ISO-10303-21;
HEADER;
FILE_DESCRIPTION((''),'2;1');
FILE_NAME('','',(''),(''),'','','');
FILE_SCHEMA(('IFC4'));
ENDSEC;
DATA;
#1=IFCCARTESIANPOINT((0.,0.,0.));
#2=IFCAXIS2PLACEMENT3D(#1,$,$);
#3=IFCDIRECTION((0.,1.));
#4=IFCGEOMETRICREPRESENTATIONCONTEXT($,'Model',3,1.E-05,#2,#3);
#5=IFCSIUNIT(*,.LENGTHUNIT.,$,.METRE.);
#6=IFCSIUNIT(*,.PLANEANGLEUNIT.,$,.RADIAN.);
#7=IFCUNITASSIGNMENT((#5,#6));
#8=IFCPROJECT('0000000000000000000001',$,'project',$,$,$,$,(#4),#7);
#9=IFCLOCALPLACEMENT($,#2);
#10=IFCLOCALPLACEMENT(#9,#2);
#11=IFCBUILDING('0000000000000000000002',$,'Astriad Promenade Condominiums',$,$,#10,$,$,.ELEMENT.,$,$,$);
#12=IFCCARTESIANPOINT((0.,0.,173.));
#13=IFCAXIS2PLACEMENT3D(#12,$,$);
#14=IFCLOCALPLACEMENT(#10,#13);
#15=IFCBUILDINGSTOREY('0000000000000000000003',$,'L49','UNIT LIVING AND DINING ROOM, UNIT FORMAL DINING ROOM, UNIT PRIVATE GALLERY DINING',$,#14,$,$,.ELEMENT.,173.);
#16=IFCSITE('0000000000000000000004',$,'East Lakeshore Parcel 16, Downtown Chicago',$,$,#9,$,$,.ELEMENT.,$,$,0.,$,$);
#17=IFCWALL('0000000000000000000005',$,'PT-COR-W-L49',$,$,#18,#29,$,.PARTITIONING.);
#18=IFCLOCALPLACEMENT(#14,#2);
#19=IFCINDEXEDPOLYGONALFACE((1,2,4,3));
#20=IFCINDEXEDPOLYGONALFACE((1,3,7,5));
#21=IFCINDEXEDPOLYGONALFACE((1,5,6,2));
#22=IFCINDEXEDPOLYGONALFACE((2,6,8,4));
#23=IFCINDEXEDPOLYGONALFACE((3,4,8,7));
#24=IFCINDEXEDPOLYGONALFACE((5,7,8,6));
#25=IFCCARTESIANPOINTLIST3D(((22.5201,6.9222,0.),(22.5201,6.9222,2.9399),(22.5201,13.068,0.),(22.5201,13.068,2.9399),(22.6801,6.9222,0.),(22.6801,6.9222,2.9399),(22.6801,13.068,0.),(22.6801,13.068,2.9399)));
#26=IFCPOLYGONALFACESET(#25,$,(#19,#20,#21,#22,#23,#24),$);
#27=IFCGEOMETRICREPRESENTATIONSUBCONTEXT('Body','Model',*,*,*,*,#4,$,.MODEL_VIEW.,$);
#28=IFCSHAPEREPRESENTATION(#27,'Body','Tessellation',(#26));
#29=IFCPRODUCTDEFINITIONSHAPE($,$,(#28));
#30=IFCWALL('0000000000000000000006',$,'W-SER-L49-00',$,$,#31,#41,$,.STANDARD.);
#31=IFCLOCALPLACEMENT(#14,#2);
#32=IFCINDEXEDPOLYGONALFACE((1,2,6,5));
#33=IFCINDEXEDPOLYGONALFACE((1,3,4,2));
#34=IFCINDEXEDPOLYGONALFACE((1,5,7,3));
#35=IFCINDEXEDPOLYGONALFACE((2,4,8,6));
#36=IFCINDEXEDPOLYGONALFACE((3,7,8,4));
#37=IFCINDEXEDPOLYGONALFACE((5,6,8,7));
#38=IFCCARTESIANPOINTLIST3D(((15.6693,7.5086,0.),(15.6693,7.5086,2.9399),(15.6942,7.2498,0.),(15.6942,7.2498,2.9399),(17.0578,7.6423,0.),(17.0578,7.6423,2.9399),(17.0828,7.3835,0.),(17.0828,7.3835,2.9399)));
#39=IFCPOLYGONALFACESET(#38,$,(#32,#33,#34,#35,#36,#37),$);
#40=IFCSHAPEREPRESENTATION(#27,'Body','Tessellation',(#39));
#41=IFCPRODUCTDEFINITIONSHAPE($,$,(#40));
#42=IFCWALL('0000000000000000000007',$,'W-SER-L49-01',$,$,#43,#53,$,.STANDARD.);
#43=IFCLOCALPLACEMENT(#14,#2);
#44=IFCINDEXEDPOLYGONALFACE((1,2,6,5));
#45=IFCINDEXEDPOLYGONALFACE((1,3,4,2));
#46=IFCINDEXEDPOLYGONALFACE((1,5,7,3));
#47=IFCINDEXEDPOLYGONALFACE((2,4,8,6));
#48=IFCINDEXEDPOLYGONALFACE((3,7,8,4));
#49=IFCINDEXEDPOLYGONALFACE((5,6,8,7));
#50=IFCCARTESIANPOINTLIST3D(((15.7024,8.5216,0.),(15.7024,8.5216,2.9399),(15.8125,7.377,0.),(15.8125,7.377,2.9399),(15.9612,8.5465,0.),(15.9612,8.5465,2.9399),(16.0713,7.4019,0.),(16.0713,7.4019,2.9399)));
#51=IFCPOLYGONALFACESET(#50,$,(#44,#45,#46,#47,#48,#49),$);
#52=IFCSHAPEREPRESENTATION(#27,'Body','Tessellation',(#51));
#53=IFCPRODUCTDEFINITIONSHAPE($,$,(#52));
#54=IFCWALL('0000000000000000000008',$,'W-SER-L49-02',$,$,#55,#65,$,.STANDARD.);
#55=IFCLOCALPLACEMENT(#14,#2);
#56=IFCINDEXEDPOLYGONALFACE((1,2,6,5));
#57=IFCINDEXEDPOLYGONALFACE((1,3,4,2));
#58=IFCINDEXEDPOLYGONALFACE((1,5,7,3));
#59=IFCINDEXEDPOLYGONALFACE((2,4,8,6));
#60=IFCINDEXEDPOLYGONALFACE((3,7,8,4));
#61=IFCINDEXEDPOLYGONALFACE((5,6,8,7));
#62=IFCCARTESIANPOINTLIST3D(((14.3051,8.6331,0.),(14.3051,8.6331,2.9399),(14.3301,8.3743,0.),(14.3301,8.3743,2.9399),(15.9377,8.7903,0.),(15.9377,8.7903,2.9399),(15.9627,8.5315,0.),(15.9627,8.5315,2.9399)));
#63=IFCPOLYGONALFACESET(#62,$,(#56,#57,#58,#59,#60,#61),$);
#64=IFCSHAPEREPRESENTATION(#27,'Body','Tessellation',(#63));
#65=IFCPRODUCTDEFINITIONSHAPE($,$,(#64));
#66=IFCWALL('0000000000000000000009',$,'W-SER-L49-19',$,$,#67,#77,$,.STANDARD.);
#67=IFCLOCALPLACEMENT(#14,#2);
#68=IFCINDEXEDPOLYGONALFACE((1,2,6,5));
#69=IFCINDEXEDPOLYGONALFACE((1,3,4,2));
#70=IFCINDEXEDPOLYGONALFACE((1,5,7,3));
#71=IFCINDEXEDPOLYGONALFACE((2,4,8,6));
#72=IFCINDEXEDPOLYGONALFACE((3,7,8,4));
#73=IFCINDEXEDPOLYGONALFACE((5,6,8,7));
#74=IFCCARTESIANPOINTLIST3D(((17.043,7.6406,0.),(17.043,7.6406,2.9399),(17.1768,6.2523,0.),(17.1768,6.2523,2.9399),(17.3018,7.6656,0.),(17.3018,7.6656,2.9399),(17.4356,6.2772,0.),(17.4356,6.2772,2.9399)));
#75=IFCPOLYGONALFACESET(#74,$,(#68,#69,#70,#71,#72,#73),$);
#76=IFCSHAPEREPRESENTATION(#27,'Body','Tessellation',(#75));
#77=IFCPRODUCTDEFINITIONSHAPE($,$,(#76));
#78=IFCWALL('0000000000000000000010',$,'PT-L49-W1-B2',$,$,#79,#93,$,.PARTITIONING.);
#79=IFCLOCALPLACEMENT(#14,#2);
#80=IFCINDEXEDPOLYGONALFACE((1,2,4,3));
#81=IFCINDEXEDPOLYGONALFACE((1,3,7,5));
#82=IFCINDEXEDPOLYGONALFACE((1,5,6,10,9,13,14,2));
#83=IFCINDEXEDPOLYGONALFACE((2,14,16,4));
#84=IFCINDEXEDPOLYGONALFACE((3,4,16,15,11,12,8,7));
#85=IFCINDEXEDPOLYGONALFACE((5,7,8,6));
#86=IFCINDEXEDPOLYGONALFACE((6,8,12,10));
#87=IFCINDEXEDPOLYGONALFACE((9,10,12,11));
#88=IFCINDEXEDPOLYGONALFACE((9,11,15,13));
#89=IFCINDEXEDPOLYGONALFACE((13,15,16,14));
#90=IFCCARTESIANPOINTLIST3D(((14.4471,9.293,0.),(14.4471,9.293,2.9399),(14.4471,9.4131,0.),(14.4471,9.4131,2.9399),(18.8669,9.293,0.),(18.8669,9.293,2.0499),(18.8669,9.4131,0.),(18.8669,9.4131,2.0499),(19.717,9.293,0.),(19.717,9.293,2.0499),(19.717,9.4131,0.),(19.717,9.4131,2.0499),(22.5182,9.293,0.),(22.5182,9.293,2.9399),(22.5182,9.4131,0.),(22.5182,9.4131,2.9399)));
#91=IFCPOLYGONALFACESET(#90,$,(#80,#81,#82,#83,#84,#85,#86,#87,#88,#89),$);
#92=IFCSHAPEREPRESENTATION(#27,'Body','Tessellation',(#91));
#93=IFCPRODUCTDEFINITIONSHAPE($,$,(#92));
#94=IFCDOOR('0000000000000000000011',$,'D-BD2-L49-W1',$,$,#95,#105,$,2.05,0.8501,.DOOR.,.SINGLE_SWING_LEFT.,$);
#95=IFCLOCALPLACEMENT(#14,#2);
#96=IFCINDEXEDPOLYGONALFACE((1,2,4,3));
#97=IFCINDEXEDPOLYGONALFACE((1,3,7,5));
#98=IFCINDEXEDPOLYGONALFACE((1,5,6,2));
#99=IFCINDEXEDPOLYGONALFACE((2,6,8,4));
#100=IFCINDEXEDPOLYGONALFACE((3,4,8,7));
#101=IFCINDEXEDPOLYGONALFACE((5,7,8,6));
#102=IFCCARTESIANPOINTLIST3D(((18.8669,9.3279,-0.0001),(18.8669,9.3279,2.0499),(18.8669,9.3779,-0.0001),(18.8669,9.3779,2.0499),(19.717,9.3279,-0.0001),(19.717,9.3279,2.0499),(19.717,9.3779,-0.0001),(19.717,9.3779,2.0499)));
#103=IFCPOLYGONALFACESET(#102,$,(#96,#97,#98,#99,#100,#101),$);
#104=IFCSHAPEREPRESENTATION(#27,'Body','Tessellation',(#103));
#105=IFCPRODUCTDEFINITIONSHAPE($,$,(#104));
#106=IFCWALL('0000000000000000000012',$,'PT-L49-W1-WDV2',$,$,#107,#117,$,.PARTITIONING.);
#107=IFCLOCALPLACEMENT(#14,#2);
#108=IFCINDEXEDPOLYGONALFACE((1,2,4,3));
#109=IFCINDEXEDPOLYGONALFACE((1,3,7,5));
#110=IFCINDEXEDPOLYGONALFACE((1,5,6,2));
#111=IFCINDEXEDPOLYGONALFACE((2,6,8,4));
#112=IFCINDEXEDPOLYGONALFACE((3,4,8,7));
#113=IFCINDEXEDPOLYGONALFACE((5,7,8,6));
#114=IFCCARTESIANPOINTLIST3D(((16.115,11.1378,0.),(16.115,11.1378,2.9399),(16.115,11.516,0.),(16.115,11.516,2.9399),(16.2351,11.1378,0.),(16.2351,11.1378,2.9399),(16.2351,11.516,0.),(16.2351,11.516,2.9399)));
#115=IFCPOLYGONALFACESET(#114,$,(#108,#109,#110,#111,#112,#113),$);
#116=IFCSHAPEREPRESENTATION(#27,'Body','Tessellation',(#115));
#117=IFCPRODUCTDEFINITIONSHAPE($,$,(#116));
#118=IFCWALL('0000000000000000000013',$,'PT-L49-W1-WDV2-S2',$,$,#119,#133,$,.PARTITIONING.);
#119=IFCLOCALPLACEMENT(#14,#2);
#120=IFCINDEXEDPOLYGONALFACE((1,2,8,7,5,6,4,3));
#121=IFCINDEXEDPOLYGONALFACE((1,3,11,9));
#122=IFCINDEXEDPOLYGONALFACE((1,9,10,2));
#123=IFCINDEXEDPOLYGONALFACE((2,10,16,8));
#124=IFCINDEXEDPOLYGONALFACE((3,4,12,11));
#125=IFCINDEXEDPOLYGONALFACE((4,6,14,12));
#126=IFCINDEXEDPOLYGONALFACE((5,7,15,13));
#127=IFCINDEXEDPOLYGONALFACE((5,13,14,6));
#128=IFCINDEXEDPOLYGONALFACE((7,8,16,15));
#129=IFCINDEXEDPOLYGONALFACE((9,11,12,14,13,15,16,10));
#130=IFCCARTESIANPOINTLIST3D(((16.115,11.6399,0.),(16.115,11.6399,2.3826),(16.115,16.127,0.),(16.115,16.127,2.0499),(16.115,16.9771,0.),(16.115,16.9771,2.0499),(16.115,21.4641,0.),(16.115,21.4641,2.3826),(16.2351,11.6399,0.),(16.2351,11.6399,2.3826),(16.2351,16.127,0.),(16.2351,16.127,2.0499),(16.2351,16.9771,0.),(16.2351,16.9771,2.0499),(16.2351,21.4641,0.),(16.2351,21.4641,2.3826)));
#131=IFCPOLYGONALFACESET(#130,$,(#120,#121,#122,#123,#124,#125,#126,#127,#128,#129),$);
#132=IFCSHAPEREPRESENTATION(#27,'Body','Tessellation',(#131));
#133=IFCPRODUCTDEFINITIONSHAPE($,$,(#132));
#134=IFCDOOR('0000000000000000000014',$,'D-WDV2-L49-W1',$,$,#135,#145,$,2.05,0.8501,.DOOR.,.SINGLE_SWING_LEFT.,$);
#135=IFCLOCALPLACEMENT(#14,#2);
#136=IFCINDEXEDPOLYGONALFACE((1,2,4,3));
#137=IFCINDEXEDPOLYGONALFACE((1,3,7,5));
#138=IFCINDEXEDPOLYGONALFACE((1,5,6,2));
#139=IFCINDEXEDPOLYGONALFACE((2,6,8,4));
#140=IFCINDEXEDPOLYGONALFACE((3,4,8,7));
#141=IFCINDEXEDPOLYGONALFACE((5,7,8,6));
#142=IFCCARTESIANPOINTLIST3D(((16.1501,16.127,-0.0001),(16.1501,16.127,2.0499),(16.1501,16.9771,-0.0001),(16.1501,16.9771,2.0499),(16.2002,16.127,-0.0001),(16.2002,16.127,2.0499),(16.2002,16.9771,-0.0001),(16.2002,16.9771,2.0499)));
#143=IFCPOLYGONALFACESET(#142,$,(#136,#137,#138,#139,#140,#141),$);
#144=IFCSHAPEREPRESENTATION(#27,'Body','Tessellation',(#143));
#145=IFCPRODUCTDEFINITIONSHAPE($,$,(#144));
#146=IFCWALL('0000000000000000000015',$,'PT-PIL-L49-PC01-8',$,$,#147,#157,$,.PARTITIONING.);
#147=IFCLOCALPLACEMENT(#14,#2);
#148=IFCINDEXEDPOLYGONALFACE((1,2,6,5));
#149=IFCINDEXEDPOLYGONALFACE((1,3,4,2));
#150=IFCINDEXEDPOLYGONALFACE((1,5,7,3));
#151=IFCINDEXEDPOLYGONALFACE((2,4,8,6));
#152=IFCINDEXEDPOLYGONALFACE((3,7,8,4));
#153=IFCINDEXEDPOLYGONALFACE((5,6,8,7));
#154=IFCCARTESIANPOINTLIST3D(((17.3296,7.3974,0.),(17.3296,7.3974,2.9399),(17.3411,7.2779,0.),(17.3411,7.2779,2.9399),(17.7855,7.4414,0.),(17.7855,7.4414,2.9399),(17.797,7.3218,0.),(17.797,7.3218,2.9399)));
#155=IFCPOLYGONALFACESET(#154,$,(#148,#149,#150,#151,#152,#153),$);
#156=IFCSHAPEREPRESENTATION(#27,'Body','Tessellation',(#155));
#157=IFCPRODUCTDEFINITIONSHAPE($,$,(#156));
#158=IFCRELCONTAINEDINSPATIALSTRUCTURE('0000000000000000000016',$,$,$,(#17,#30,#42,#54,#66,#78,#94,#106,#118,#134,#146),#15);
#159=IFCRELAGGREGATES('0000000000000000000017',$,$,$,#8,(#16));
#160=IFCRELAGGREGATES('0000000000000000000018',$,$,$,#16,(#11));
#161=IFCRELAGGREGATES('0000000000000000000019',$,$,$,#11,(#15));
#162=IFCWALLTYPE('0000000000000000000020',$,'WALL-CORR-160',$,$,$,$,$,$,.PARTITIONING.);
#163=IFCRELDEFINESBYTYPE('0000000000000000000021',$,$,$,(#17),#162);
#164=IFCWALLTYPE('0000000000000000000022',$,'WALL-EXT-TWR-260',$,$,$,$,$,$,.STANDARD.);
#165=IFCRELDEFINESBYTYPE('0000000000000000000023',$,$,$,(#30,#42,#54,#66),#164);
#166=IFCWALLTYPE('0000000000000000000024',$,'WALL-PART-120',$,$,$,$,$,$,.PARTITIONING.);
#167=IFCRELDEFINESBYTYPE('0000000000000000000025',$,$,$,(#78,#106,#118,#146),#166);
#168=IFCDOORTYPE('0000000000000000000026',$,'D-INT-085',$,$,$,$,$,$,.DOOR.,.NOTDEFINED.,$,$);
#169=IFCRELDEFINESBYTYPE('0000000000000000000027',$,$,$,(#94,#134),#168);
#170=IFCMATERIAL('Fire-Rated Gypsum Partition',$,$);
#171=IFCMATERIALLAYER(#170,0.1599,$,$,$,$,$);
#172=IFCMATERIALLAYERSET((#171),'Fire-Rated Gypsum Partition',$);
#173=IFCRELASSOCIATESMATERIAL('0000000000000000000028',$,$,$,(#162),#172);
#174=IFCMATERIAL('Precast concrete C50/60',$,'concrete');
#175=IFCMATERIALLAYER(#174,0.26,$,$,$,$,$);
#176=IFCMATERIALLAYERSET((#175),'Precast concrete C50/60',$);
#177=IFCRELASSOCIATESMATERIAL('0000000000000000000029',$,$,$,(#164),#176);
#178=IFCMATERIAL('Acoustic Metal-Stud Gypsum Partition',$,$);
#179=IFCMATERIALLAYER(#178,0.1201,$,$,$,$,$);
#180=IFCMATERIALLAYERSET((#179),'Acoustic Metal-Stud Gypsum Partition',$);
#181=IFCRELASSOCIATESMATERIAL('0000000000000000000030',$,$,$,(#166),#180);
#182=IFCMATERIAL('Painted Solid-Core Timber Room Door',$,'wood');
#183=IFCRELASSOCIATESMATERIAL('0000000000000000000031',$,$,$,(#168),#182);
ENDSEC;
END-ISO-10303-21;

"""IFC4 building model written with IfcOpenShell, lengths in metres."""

from ifc_helpers import new_model, si_unit, direction, frame, frame_2d, origin, place, context, subcontext, project, spatial, rectangle, extrude, source, transform, mapped, material, layer, layer_set, type_object, type_shapes, element, fill, save


model = new_model("IFC4")

# Units and contexts
model_context = context("Model", 3, precision=1e-05, world=origin(), true_north=direction((0.0, 1.0)))
body_context = subcontext(model_context, "Body", "Model", "MODEL_VIEW")
ifc_project = project(units=[si_unit("LENGTHUNIT", "METRE"), si_unit("PLANEANGLEUNIT", "RADIAN")], contexts=[model_context])

# Site, building, storey
site_placement = place(None, origin())
site = spatial("IfcSite", under=ifc_project, at=site_placement, Name="East Lakeshore Parcel 16, Downtown Chicago", CompositionType="ELEMENT", RefElevation=0.0)
building_placement = place(site_placement, origin())
building = spatial("IfcBuilding", under=site, at=building_placement, Name="Astriad Promenade Condominiums", CompositionType="ELEMENT")
storey_placement = place(building_placement, frame((0.0, 0.0, 173.0)))
storey = spatial("IfcBuildingStorey", under=building, at=storey_placement, Name="L49", Description="UNIT LIVING AND DINING ROOM, UNIT FORMAL DINING ROOM, UNIT PRIVATE GALLERY DINING", CompositionType="ELEMENT", Elevation=173.0)

# Shared definitions
ifc_material_1 = material(Name="Fire-Rated Gypsum Partition")
ifc_layer_1 = layer(ifc_material_1, 0.1599)
ifc_layer_set_1 = layer_set([ifc_layer_1], Name="Fire-Rated Gypsum Partition")
wall_type_1 = type_object("IfcWallType", Name="WALL-CORR-160", PredefinedType="PARTITIONING", material=ifc_layer_set_1)

# Walls
wall_1_placement = place(storey_placement, frame((22.6001, 6.9224, 0.0), z_axis=(0.0, 0.0, 1.0), x_axis=(0.0, 1.0, 0.0)))
element("IfcWall", 1, at=wall_1_placement, inside=storey, type_object=wall_type_1, Name="PT-COR-W-L49", PredefinedType="PARTITIONING", context=body_context, shape_type="SweptSolid", body=[
    extrude(rectangle(XDim=6.1458, YDim=0.1599, at=frame_2d((3.0728, 0.0))), origin(), (0.0, 0.0, 1.0), 2.9399),
])
ifc_material_2 = material(Name="Precast concrete C50/60", Category="concrete")
ifc_layer_2 = layer(ifc_material_2, 0.26)
ifc_layer_set_2 = layer_set([ifc_layer_2], Name="Precast concrete C50/60")
wall_type_2 = type_object("IfcWallType", Name="WALL-EXT-TWR-260", PredefinedType="STANDARD", material=ifc_layer_set_2)
wall_2_placement = place(storey_placement, frame((17.0703, 7.5129, 0.0), z_axis=(0.0, 0.0, 1.0), x_axis=(-0.995391, -0.095899, 0.0)))
element("IfcWall", 2, at=wall_2_placement, inside=storey, type_object=wall_type_2, Name="W-SER-L49-00", PredefinedType="STANDARD", context=body_context, shape_type="SweptSolid", body=[
    extrude(rectangle(XDim=1.395, YDim=0.26, at=frame_2d((0.6975, 0.0))), origin(), (0.0, 0.0, 1.0), 2.9399),
])
wall_3_placement = place(storey_placement, frame((15.9419, 7.3894, 0.0), z_axis=(0.0, 0.0, 1.0), x_axis=(-0.095761, 0.995404, 0.0)))
element("IfcWall", 3, at=wall_3_placement, inside=storey, type_object=wall_type_2, Name="W-SER-L49-01", PredefinedType="STANDARD", context=body_context, shape_type="SweptSolid", body=[
    extrude(rectangle(XDim=1.1499, YDim=0.26, at=frame_2d((0.575, 0.0))), origin(), (0.0, 0.0, 1.0), 2.9399),
])
wall_4_placement = place(storey_placement, frame((15.9502, 8.6609, 0.0), z_axis=(0.0, 0.0, 1.0), x_axis=(-0.995395, -0.095863, 0.0)))
element("IfcWall", 4, at=wall_4_placement, inside=storey, type_object=wall_type_2, Name="W-SER-L49-02", PredefinedType="STANDARD", context=body_context, shape_type="SweptSolid", body=[
    extrude(rectangle(XDim=1.6401, YDim=0.26, at=frame_2d((0.8201, 0.0))), origin(), (0.0, 0.0, 1.0), 2.9399),
])
wall_5_placement = place(storey_placement, frame((17.3062, 6.2649, 0.0), z_axis=(0.0, 0.0, 1.0), x_axis=(-0.095916, 0.995389, 0.0)))
element("IfcWall", 5, at=wall_5_placement, inside=storey, type_object=wall_type_2, Name="W-SER-L49-19", PredefinedType="STANDARD", context=body_context, shape_type="SweptSolid", body=[
    extrude(rectangle(XDim=1.3948, YDim=0.26, at=frame_2d((0.6973, 0.0))), origin(), (0.0, 0.0, 1.0), 2.9399),
])

# Wall, opening, door
ifc_material_3 = material(Name="Acoustic Metal-Stud Gypsum Partition")
ifc_layer_3 = layer(ifc_material_3, 0.1201)
ifc_layer_set_3 = layer_set([ifc_layer_3], Name="Acoustic Metal-Stud Gypsum Partition")
wall_type_3 = type_object("IfcWallType", Name="WALL-PART-120", PredefinedType="PARTITIONING", material=ifc_layer_set_3)
wall_6_placement = place(storey_placement, frame((14.447, 9.353, 0.0), z_axis=(0.0, 0.0, 1.0), x_axis=(1.0, 0.0, 0.0)))
wall_6 = element("IfcWall", 6, at=wall_6_placement, inside=storey, type_object=wall_type_3, Name="PT-L49-W1-B2", PredefinedType="PARTITIONING", context=body_context, shape_type="SweptSolid", body=[
    extrude(rectangle(XDim=8.071, YDim=0.1201, at=frame_2d((4.0356, 0.0))), origin(), (0.0, 0.0, 1.0), 2.9399),
])
opening_1_placement = place(wall_6_placement, frame((4.4199, 0.0, 0.0)))
opening_1 = element("IfcOpeningElement", 7, at=opening_1_placement, cuts=wall_6, PredefinedType="OPENING", context=body_context, shape_type="SweptSolid", body=[
    extrude(rectangle(XDim=0.8501, YDim=2.05, at=frame_2d((0.425, 1.0249))), frame((0.0, 0.0701, 0.0), z_axis=(0.0, -1.0, 0.0), x_axis=(1.0, 0.0, 0.0)), (0.0, 0.0, 1.0), 0.1401),
])
ifc_material_4 = material(Name="Painted Solid-Core Timber Room Door", Category="wood")
door_type_1 = type_object("IfcDoorType", Name="D-INT-085", OperationType="NOTDEFINED", PredefinedType="DOOR", material=ifc_material_4)
shared_shape_1 = source(origin(), body_context, "Body", "SweptSolid", [
    extrude(rectangle(XDim=0.8501, YDim=2.05, at=frame_2d((0.425, 1.0249))), frame((0.0, 0.0249, 0.0), z_axis=(0.0, -1.0, 0.0), x_axis=(1.0, 0.0, 0.0)), (0.0, 0.0, 1.0), 0.05),
])
type_shapes(door_type_1, [shared_shape_1])
door_1_placement = place(opening_1_placement, origin())
door_1 = element("IfcDoor", 8, at=door_1_placement, inside=storey, type_object=door_type_1, Name="D-BD2-L49-W1", OperationType="SINGLE_SWING_LEFT", OverallHeight=2.05, OverallWidth=0.8501, PredefinedType="DOOR", context=body_context, shape_type="MappedRepresentation", body=[
    mapped(shared_shape_1, transform((0.0, 0.0, 0.0), scale=1.0)),
])
fill(opening_1, door_1)

# Wall
wall_7_placement = place(storey_placement, frame((16.175, 11.1379, 0.0), z_axis=(0.0, 0.0, 1.0), x_axis=(0.0, 1.0, 0.0)))
element("IfcWall", 9, at=wall_7_placement, inside=storey, type_object=wall_type_3, Name="PT-L49-W1-WDV2", PredefinedType="PARTITIONING", context=body_context, shape_type="SweptSolid", body=[
    extrude(rectangle(XDim=0.3782, YDim=0.1201, at=frame_2d((0.189, 0.0))), origin(), (0.0, 0.0, 1.0), 2.9399),
])

# Wall, opening, door
wall_8_placement = place(storey_placement, frame((16.175, 11.6399, 0.0), z_axis=(0.0, 0.0, 1.0), x_axis=(0.0, 1.0, 0.0)))
wall_8 = element("IfcWall", 10, at=wall_8_placement, inside=storey, type_object=wall_type_3, Name="PT-L49-W1-WDV2-S2", PredefinedType="PARTITIONING", context=body_context, shape_type="SweptSolid", body=[
    extrude(rectangle(XDim=9.8242, YDim=0.1201, at=frame_2d((4.9121, 0.0))), origin(), (0.0, 0.0, 1.0), 2.3826),
])
opening_2_placement = place(wall_8_placement, frame((4.4871, 0.0, 0.0)))
opening_2 = element("IfcOpeningElement", 11, at=opening_2_placement, cuts=wall_8, PredefinedType="OPENING", context=body_context, shape_type="SweptSolid", body=[
    extrude(rectangle(XDim=0.8501, YDim=2.05, at=frame_2d((0.425, 1.0249))), frame((0.0, 0.0701, 0.0), z_axis=(0.0, -1.0, 0.0), x_axis=(1.0, 0.0, 0.0)), (0.0, 0.0, 1.0), 0.1401),
])
door_2_placement = place(opening_2_placement, origin())
door_2 = element("IfcDoor", 12, at=door_2_placement, inside=storey, type_object=door_type_1, Name="D-WDV2-L49-W1", OperationType="SINGLE_SWING_LEFT", OverallHeight=2.05, OverallWidth=0.8501, PredefinedType="DOOR", context=body_context, shape_type="MappedRepresentation", body=[
    mapped(shared_shape_1, transform((0.0, 0.0, 0.0), scale=1.0)),
])
fill(opening_2, door_2)

# Wall
wall_9_placement = place(storey_placement, frame((17.7913, 7.3816, 0.0), z_axis=(0.0, 0.0, 1.0), x_axis=(-0.995385, -0.095966, 0.0)))
element("IfcWall", 13, at=wall_9_placement, inside=storey, type_object=wall_type_3, Name="PT-PIL-L49-PC01-8", PredefinedType="PARTITIONING", context=body_context, shape_type="SweptSolid", body=[
    extrude(rectangle(XDim=0.458, YDim=0.1201, at=frame_2d((0.229, 0.0))), origin(), (0.0, 0.0, 1.0), 2.9399),
])

save(model, "model.ifc")
